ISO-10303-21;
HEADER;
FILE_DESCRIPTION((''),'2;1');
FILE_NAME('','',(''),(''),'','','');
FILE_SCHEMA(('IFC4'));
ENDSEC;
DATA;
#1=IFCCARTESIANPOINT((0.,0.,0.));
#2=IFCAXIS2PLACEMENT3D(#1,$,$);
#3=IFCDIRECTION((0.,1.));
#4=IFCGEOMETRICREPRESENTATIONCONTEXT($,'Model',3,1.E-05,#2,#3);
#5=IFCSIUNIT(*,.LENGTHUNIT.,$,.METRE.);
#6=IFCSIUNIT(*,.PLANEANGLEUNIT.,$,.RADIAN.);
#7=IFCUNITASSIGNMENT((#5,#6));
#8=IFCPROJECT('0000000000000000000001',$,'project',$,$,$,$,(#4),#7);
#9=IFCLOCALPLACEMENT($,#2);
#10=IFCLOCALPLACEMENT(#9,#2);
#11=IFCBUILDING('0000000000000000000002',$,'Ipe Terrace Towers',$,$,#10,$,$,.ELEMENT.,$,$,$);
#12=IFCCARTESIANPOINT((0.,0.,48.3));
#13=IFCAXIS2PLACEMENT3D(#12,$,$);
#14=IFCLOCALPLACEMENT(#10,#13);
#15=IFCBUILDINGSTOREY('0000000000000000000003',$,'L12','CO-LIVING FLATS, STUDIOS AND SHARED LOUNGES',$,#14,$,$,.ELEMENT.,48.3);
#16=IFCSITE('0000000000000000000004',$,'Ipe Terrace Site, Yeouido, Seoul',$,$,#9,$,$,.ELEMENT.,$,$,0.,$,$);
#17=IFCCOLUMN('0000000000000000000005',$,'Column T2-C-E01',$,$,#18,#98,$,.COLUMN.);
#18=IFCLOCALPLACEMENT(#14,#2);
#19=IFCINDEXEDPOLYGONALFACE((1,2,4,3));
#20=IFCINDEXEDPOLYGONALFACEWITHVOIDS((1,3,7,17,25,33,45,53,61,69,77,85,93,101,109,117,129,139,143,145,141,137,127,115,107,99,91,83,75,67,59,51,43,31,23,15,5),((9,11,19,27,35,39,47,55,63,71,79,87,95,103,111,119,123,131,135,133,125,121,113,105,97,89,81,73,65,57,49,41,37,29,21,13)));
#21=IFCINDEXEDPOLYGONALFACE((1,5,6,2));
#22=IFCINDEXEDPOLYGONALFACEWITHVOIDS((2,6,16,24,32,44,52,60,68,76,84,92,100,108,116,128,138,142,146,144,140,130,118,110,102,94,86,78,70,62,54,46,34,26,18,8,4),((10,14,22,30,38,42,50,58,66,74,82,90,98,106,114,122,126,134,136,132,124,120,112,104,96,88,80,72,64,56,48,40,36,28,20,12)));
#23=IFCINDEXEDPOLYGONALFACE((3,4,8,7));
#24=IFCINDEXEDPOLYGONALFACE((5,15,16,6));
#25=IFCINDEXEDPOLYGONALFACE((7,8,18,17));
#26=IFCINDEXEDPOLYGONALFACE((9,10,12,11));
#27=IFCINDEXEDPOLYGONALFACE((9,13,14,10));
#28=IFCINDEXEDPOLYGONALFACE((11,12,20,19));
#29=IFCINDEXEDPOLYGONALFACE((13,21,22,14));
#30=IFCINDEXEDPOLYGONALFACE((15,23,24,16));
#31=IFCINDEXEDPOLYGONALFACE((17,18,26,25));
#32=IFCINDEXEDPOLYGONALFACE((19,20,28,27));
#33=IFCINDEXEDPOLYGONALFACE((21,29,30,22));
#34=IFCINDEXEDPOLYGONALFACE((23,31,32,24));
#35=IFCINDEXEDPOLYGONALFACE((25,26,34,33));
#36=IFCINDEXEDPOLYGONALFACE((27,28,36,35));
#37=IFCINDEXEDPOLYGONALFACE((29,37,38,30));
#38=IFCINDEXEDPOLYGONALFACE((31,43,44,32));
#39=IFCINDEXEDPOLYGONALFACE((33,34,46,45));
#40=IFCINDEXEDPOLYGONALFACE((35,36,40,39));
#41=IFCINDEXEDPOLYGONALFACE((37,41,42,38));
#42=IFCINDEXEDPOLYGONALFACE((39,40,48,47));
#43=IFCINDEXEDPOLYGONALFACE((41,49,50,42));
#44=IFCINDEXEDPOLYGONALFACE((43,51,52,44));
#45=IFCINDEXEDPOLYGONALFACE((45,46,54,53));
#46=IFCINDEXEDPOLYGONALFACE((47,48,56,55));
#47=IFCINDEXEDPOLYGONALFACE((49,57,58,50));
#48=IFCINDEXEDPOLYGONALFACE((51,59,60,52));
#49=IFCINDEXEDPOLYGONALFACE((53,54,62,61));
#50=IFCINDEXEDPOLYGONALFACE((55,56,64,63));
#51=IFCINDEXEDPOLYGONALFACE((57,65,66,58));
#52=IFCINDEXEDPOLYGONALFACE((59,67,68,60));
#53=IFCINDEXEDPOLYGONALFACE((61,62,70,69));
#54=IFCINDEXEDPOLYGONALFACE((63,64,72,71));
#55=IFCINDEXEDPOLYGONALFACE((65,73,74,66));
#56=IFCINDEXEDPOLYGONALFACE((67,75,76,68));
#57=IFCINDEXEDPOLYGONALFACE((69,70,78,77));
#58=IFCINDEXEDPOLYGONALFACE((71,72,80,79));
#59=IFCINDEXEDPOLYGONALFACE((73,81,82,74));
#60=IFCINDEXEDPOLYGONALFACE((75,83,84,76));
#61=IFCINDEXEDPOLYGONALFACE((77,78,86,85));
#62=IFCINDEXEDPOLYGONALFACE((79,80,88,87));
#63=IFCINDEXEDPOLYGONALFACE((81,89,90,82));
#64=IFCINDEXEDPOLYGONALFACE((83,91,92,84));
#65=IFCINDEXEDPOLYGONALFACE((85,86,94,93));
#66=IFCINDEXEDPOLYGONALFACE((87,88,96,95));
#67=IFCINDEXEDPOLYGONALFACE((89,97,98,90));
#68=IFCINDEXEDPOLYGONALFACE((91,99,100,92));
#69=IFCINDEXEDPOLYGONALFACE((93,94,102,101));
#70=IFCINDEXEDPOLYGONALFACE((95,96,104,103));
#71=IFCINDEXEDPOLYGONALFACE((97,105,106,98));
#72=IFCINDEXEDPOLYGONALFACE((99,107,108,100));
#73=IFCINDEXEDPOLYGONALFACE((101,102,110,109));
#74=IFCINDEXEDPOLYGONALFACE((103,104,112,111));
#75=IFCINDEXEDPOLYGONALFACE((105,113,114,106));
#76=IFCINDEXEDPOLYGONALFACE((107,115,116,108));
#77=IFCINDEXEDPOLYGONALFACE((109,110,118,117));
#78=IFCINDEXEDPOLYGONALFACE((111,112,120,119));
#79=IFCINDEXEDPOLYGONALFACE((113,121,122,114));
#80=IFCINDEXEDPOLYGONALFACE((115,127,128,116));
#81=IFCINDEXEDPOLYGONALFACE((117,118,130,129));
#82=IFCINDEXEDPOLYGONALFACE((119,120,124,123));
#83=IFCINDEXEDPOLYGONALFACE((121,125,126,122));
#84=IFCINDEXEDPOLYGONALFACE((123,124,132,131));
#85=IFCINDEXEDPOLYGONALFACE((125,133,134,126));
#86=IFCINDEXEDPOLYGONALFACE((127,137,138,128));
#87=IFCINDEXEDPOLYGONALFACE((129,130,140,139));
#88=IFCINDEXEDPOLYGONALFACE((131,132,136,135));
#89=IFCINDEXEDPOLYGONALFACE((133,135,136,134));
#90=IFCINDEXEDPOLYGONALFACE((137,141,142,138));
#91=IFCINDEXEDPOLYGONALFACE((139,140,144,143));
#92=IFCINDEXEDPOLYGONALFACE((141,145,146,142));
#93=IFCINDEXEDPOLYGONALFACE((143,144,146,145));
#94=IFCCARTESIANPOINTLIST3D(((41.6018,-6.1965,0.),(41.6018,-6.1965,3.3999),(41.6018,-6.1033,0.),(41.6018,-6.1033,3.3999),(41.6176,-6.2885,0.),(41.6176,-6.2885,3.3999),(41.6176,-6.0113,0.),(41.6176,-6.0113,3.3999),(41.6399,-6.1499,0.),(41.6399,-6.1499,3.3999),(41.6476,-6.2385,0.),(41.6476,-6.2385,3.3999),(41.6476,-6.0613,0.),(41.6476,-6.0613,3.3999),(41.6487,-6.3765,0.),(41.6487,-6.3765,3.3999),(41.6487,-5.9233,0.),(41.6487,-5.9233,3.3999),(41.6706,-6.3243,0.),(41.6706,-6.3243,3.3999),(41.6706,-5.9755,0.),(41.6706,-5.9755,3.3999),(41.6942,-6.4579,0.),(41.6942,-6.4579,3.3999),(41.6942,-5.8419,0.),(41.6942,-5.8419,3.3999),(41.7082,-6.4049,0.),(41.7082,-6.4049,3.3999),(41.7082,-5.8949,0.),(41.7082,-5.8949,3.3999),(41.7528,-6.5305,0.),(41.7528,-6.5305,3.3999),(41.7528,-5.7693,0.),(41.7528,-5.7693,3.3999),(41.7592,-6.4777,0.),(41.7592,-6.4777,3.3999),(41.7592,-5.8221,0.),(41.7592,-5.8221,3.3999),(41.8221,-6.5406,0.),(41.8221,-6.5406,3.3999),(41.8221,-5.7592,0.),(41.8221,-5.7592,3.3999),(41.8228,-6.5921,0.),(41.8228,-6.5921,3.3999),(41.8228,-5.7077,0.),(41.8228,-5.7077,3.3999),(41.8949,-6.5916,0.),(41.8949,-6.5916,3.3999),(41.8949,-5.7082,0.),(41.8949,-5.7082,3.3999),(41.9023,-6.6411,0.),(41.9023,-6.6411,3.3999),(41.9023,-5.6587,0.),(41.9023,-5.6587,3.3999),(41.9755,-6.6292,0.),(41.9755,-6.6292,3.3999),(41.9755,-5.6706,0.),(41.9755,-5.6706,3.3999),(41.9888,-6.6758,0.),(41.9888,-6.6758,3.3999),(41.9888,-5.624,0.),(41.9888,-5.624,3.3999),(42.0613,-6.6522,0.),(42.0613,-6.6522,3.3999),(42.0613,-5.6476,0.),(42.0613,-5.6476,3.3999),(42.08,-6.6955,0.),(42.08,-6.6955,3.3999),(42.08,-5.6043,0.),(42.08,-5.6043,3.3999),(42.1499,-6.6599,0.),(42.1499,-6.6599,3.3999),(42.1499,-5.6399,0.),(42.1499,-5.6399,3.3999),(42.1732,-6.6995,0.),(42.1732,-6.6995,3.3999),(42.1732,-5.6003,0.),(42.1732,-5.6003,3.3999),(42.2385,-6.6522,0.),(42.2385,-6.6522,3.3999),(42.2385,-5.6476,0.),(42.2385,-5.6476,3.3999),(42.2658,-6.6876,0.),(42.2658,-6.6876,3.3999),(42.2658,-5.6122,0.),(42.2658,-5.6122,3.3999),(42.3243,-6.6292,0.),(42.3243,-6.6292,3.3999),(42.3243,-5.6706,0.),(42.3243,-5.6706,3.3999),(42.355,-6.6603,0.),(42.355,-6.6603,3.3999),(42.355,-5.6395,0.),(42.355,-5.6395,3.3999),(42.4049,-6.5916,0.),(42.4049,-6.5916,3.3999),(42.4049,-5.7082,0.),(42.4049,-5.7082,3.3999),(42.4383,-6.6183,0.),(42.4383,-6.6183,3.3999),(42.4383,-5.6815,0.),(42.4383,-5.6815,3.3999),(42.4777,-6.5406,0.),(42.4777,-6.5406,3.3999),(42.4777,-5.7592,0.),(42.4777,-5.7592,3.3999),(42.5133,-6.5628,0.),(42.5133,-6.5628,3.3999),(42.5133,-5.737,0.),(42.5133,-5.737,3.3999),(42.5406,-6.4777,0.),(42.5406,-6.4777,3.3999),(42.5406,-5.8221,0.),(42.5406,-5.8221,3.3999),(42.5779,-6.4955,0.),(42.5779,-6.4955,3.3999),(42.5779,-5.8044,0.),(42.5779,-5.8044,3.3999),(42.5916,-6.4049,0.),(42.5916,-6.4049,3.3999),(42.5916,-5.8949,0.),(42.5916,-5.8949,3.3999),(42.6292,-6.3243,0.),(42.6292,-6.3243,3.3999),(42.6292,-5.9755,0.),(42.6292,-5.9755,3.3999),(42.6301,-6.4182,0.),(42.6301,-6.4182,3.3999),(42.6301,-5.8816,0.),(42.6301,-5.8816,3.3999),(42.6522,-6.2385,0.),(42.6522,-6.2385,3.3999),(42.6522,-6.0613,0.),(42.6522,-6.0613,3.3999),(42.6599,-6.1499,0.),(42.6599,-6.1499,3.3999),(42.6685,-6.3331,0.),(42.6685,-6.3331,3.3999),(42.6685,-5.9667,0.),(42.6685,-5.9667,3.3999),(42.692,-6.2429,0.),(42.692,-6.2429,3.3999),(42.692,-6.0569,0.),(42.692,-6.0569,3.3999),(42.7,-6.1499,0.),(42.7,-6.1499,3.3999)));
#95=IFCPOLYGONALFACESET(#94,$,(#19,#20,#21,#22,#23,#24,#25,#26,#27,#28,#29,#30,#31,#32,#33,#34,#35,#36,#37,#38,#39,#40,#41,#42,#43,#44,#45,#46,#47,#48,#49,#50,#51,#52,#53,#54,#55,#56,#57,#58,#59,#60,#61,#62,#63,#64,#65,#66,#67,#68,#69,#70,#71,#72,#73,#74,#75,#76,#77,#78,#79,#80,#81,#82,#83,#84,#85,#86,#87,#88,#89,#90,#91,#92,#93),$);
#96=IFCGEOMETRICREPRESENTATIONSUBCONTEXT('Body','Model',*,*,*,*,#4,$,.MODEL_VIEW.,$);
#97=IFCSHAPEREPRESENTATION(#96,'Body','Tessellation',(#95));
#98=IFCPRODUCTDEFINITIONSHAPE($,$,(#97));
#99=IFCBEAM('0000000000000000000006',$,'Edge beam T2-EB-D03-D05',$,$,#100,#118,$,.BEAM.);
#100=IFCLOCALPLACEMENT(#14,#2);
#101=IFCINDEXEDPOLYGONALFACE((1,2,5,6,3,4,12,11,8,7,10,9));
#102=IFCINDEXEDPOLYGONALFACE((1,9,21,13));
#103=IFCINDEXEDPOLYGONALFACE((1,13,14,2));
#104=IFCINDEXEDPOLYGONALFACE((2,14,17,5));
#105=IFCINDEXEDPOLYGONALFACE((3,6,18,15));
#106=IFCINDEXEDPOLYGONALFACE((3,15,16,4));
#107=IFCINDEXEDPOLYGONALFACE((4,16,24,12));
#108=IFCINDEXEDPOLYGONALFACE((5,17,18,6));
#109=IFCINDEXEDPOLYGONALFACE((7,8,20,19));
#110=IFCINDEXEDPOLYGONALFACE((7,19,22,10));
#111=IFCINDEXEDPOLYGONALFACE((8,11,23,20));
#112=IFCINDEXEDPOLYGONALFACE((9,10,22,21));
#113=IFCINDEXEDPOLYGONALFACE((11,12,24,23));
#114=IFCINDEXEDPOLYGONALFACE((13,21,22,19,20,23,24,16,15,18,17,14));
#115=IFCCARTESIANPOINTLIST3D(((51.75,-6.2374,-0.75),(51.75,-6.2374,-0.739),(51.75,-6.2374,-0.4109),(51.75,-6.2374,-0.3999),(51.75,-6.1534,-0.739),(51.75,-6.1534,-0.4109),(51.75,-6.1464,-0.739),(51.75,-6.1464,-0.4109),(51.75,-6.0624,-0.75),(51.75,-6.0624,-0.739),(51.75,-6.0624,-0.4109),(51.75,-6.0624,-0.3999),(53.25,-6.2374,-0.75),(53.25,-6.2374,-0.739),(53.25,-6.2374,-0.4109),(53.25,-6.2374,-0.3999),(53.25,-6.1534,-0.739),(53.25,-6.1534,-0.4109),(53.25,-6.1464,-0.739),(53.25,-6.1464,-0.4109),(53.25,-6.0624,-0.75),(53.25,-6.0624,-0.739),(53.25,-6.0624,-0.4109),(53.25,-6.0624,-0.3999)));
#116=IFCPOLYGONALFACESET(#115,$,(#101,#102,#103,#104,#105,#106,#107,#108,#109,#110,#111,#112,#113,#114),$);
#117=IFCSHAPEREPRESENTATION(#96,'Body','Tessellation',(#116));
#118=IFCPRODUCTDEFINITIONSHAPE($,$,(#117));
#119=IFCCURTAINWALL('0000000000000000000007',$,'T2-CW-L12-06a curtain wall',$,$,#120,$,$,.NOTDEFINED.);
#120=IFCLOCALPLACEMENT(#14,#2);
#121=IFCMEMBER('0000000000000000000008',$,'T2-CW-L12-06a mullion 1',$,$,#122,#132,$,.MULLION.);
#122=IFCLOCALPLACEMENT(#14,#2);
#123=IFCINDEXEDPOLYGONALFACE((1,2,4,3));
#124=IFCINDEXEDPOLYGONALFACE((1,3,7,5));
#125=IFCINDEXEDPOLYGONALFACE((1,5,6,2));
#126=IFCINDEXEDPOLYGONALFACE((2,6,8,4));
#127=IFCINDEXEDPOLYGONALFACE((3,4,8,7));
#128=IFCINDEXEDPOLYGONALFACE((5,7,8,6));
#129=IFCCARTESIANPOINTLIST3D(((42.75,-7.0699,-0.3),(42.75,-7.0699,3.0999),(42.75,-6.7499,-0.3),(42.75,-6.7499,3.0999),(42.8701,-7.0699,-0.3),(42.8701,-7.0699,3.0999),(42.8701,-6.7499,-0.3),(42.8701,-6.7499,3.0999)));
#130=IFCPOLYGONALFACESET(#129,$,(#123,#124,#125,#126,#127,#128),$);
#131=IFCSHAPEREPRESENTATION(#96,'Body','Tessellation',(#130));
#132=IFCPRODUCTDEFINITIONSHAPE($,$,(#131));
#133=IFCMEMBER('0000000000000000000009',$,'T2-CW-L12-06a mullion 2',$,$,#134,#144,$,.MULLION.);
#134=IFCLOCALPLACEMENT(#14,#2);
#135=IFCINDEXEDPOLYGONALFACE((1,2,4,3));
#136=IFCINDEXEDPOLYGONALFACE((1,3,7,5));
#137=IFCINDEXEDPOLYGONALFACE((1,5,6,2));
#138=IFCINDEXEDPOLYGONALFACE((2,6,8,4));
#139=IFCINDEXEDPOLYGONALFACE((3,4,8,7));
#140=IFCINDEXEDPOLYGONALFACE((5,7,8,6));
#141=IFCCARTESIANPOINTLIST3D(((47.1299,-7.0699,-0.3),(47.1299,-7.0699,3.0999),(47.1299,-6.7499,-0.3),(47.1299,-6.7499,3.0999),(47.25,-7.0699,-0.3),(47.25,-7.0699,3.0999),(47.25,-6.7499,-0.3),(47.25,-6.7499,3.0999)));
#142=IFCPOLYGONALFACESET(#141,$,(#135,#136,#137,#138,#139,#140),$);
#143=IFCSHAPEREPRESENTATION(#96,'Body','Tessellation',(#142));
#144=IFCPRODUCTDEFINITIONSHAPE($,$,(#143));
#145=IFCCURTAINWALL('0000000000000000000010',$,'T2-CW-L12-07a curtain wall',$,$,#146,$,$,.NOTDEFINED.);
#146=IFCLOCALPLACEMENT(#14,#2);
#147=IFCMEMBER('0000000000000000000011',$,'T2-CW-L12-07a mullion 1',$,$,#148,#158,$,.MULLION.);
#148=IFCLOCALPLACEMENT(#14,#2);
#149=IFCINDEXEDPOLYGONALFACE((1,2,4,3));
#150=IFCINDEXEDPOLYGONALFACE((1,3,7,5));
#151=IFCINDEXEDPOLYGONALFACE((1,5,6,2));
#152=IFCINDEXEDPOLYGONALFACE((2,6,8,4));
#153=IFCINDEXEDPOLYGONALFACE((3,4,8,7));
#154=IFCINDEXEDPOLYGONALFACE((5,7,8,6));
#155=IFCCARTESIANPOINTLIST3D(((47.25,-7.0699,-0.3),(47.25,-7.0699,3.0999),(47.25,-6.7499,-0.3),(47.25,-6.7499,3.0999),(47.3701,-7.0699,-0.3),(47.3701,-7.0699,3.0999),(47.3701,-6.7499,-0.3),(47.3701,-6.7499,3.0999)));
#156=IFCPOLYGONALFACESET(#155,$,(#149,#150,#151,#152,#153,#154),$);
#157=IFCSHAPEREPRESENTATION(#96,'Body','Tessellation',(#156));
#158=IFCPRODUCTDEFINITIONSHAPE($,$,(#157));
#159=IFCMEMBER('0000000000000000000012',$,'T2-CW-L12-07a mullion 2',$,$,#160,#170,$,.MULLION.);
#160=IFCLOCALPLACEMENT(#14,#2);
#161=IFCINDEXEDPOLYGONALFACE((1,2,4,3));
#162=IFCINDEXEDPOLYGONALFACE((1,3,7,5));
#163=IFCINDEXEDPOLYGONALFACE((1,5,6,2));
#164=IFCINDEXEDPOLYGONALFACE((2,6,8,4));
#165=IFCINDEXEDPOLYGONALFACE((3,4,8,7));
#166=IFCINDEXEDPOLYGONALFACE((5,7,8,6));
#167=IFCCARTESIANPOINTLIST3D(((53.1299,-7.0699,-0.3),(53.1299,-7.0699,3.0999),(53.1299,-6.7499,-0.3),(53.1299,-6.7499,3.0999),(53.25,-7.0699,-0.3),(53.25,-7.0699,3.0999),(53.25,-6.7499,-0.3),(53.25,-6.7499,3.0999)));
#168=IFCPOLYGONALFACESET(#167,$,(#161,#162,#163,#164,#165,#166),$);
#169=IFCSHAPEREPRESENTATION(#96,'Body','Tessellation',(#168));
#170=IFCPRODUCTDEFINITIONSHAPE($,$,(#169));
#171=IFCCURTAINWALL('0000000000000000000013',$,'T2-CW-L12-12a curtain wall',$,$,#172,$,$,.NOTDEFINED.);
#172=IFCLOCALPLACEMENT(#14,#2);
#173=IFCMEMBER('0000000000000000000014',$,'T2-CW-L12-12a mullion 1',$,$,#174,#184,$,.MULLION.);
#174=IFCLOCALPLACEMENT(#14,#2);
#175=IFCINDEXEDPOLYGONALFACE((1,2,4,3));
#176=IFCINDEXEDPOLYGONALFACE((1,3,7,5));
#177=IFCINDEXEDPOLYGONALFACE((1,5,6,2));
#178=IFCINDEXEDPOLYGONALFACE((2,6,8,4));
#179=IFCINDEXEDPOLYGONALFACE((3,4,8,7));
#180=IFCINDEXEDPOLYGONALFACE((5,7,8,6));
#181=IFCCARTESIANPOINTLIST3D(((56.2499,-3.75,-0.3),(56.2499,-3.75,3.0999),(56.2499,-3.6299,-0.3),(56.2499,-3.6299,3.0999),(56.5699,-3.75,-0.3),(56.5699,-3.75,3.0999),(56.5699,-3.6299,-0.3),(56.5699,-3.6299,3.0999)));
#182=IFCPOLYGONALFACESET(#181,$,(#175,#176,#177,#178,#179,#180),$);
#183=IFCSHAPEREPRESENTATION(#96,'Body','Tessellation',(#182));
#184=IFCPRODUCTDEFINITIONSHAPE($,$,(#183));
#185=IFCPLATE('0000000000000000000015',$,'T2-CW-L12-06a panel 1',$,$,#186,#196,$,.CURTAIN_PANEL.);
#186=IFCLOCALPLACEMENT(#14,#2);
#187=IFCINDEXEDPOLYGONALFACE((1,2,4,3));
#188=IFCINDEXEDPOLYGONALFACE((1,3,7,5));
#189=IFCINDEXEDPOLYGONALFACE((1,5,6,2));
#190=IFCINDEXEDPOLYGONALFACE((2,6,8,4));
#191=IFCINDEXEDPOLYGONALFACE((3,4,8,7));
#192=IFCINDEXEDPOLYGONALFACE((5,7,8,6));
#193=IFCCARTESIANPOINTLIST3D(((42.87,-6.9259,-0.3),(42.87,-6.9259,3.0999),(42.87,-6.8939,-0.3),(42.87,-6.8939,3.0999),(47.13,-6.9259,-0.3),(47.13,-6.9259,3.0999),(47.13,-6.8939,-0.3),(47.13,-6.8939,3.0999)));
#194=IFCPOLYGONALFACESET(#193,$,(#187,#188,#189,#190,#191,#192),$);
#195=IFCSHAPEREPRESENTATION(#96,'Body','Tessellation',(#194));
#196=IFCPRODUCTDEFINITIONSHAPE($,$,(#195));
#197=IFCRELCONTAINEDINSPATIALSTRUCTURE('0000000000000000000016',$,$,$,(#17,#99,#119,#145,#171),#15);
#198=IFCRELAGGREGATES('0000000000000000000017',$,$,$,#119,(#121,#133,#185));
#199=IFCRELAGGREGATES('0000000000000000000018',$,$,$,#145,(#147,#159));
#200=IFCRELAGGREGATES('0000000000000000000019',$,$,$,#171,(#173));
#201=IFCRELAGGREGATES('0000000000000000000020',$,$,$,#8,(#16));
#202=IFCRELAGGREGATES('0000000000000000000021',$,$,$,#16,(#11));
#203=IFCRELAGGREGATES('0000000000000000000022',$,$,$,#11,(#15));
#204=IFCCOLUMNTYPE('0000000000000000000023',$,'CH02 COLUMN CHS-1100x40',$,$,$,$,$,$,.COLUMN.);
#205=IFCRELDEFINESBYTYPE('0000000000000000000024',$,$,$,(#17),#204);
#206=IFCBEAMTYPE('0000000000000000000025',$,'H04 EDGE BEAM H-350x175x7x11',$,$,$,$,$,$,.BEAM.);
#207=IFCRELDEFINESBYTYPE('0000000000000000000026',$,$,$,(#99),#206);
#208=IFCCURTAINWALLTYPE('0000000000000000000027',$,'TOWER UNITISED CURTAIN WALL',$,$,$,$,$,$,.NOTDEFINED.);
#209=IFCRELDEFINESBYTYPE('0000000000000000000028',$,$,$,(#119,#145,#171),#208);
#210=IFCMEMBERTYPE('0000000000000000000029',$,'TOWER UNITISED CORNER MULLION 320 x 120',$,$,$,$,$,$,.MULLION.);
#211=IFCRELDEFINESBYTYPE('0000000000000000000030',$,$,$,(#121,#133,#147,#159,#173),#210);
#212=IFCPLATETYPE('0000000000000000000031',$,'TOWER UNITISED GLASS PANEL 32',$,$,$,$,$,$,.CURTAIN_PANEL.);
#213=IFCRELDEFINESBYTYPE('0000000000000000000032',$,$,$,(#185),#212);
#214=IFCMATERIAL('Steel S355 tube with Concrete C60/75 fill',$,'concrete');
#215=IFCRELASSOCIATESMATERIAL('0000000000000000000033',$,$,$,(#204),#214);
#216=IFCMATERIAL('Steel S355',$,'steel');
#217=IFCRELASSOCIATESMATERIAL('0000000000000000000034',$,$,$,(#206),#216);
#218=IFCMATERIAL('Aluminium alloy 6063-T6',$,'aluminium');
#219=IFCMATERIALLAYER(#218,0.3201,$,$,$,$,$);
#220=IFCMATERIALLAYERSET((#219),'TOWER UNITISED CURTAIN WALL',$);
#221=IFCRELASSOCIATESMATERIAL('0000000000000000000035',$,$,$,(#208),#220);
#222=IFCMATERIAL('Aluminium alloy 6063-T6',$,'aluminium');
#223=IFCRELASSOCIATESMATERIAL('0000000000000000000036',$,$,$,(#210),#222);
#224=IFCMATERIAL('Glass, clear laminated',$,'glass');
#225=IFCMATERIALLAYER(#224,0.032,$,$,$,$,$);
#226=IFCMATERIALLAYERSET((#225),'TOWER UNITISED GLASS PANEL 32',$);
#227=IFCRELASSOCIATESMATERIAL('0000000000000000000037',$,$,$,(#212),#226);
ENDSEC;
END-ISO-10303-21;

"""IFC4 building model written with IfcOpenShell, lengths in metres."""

from ifc_helpers import new_model, si_unit, direction, frame, origin, origin_2d, place, context, subcontext, project, spatial, rectangle, hollow_circle, i_section, extrude, material, layer, layer_set, material_profile, profile_set, type_object, element, aggregate, save


model = new_model("IFC4")

# Units and contexts
model_context = context("Model", 3, precision=1e-05, world=origin(), true_north=direction((0.0, 1.0)))
body_context = subcontext(model_context, "Body", "Model", "MODEL_VIEW")
ifc_project = project(units=[si_unit("LENGTHUNIT", "METRE"), si_unit("PLANEANGLEUNIT", "RADIAN")], contexts=[model_context])

# Site, building, storey
site_placement = place(None, origin())
site = spatial("IfcSite", under=ifc_project, at=site_placement, Name="Ipe Terrace Site, Yeouido, Seoul", CompositionType="ELEMENT", RefElevation=0.0)
building_placement = place(site_placement, origin())
building = spatial("IfcBuilding", under=site, at=building_placement, Name="Ipe Terrace Towers", CompositionType="ELEMENT")
storey_placement = place(building_placement, frame((0.0, 0.0, 48.3)))
storey = spatial("IfcBuildingStorey", under=building, at=storey_placement, Name="L12", Description="CO-LIVING FLATS, STUDIOS AND SHARED LOUNGES", CompositionType="ELEMENT", Elevation=48.3)

# Column
ifc_material_1 = material(Name="Steel S355 tube with Concrete C60/75 fill", Category="concrete")
ifc_material_profile_1 = material_profile(ifc_material_1, hollow_circle(Radius=0.55, WallThickness=0.04, at=origin_2d()), Name="CHS-1100x40")
ifc_profile_set_1 = profile_set([ifc_material_profile_1], Name="Steel S355 tube with Concrete C60/75 fill")
column_type_1 = type_object("IfcColumnType", Name="CH02 COLUMN CHS-1100x40", PredefinedType="COLUMN", material=ifc_profile_set_1)
column_placement = place(storey_placement, frame((42.1499, -6.1499, 0.0), z_axis=(0.0, 0.0, 1.0), x_axis=(1.0, 0.0, 0.0)))
element("IfcColumn", 1, at=column_placement, inside=storey, type_object=column_type_1, Name="Column T2-C-E01", PredefinedType="COLUMN", context=body_context, shape_type="SweptSolid", body=[
    extrude(hollow_circle(Radius=0.55, WallThickness=0.04, at=origin_2d()), origin(), (0.0, 0.0, 1.0), 3.3999),
])

# Beam
ifc_material_2 = material(Name="Steel S355", Category="steel")
ifc_material_profile_2 = material_profile(ifc_material_2, i_section(OverallWidth=0.175, OverallDepth=0.3501, WebThickness=0.0071, FlangeThickness=0.011, at=origin_2d()), Name="H-350x175x7x11")
ifc_profile_set_2 = profile_set([ifc_material_profile_2], Name="Steel S355")
beam_type = type_object("IfcBeamType", Name="H04 EDGE BEAM H-350x175x7x11", PredefinedType="BEAM", material=ifc_profile_set_2)
beam_placement = place(storey_placement, frame((51.75, -6.1499, -0.575), z_axis=(1.0, 0.0, 0.0), x_axis=(0.0, 1.0, 0.0)))
element("IfcBeam", 2, at=beam_placement, inside=storey, type_object=beam_type, Name="Edge beam T2-EB-D03-D05", PredefinedType="BEAM", context=body_context, shape_type="SweptSolid", body=[
    extrude(i_section(OverallWidth=0.175, OverallDepth=0.3501, WebThickness=0.0071, FlangeThickness=0.011, at=origin_2d()), origin(), (0.0, 0.0, 1.0), 1.5),
])

# Curtain walls, members
ifc_material_3 = material(Name="Aluminium alloy 6063-T6", Category="aluminium")
ifc_layer_1 = layer(ifc_material_3, 0.3201)
ifc_layer_set_1 = layer_set([ifc_layer_1], Name="TOWER UNITISED CURTAIN WALL")
curtain_wall_type = type_object("IfcCurtainWallType", Name="TOWER UNITISED CURTAIN WALL", PredefinedType="NOTDEFINED", material=ifc_layer_set_1)
curtain_wall_1_placement = place(storey_placement, origin())
curtain_wall_1 = element("IfcCurtainWall", 3, at=curtain_wall_1_placement, inside=storey, type_object=curtain_wall_type, Name="T2-CW-L12-06a curtain wall", PredefinedType="NOTDEFINED")
ifc_material_4 = material(Name="Aluminium alloy 6063-T6", Category="aluminium")
ifc_material_profile_3 = material_profile(ifc_material_4, rectangle(XDim=0.3201, YDim=0.1201, at=origin_2d()), Name="TOWER UNITISED CORNER MULLION 320 x 120")
ifc_profile_set_3 = profile_set([ifc_material_profile_3], Name="Aluminium alloy 6063-T6")
member_type = type_object("IfcMemberType", Name="TOWER UNITISED CORNER MULLION 320 x 120", PredefinedType="MULLION", material=ifc_profile_set_3)
member_1_placement = place(storey_placement, frame((42.8101, -6.9099, -0.3), z_axis=(0.0, 0.0, 1.0), x_axis=(0.0, -1.0, 0.0)))
member_1 = element("IfcMember", 4, at=member_1_placement, type_object=member_type, Name="T2-CW-L12-06a mullion 1", PredefinedType="MULLION", context=body_context, shape_type="SweptSolid", body=[
    extrude(rectangle(XDim=0.3201, YDim=0.1201, at=origin_2d()), origin(), (0.0, 0.0, 1.0), 3.3999),
])
member_2_placement = place(storey_placement, frame((47.1899, -6.9099, -0.3), z_axis=(0.0, 0.0, 1.0), x_axis=(0.0, -1.0, 0.0)))
member_2 = element("IfcMember", 5, at=member_2_placement, type_object=member_type, Name="T2-CW-L12-06a mullion 2", PredefinedType="MULLION", context=body_context, shape_type="SweptSolid", body=[
    extrude(rectangle(XDim=0.3201, YDim=0.1201, at=origin_2d()), origin(), (0.0, 0.0, 1.0), 3.3999),
])
curtain_wall_2_placement = place(storey_placement, origin())
curtain_wall_2 = element("IfcCurtainWall", 6, at=curtain_wall_2_placement, inside=storey, type_object=curtain_wall_type, Name="T2-CW-L12-07a curtain wall", PredefinedType="NOTDEFINED")
member_3_placement = place(storey_placement, frame((47.3101, -6.9099, -0.3), z_axis=(0.0, 0.0, 1.0), x_axis=(0.0, -1.0, 0.0)))
member_3 = element("IfcMember", 7, at=member_3_placement, type_object=member_type, Name="T2-CW-L12-07a mullion 1", PredefinedType="MULLION", context=body_context, shape_type="SweptSolid", body=[
    extrude(rectangle(XDim=0.3201, YDim=0.1201, at=origin_2d()), origin(), (0.0, 0.0, 1.0), 3.3999),
])
member_4_placement = place(storey_placement, frame((53.1899, -6.9099, -0.3), z_axis=(0.0, 0.0, 1.0), x_axis=(0.0, -1.0, 0.0)))
member_4 = element("IfcMember", 8, at=member_4_placement, type_object=member_type, Name="T2-CW-L12-07a mullion 2", PredefinedType="MULLION", context=body_context, shape_type="SweptSolid", body=[
    extrude(rectangle(XDim=0.3201, YDim=0.1201, at=origin_2d()), origin(), (0.0, 0.0, 1.0), 3.3999),
])

# Curtain wall, member
curtain_wall_3_placement = place(storey_placement, origin())
curtain_wall_3 = element("IfcCurtainWall", 9, at=curtain_wall_3_placement, inside=storey, type_object=curtain_wall_type, Name="T2-CW-L12-12a curtain wall", PredefinedType="NOTDEFINED")
member_5_placement = place(storey_placement, frame((56.4099, -3.6899, -0.3), z_axis=(0.0, 0.0, 1.0), x_axis=(1.0, 0.0, 0.0)))
member_5 = element("IfcMember", 10, at=member_5_placement, type_object=member_type, Name="T2-CW-L12-12a mullion 1", PredefinedType="MULLION", context=body_context, shape_type="SweptSolid", body=[
    extrude(rectangle(XDim=0.3201, YDim=0.1201, at=origin_2d()), origin(), (0.0, 0.0, 1.0), 3.3999),
])

# Plate
ifc_material_5 = material(Name="Glass, clear laminated", Category="glass")
ifc_layer_2 = layer(ifc_material_5, 0.032)
ifc_layer_set_2 = layer_set([ifc_layer_2], Name="TOWER UNITISED GLASS PANEL 32")
plate_type = type_object("IfcPlateType", Name="TOWER UNITISED GLASS PANEL 32", PredefinedType="CURTAIN_PANEL", material=ifc_layer_set_2)
plate_1_placement = place(storey_placement, frame((45.0, -6.9099, -0.3), z_axis=(0.0, 0.0, 1.0), x_axis=(1.0, 0.0, 0.0)))
plate_1 = element("IfcPlate", 11, at=plate_1_placement, type_object=plate_type, Name="T2-CW-L12-06a panel 1", PredefinedType="CURTAIN_PANEL", context=body_context, shape_type="SweptSolid", body=[
    extrude(rectangle(XDim=4.26, YDim=0.032, at=origin_2d()), origin(), (0.0, 0.0, 1.0), 3.3999),
])
aggregate(curtain_wall_1, [member_1, member_2, plate_1])
aggregate(curtain_wall_2, [member_3, member_4])
aggregate(curtain_wall_3, [member_5])

save(model, "model.ifc")
